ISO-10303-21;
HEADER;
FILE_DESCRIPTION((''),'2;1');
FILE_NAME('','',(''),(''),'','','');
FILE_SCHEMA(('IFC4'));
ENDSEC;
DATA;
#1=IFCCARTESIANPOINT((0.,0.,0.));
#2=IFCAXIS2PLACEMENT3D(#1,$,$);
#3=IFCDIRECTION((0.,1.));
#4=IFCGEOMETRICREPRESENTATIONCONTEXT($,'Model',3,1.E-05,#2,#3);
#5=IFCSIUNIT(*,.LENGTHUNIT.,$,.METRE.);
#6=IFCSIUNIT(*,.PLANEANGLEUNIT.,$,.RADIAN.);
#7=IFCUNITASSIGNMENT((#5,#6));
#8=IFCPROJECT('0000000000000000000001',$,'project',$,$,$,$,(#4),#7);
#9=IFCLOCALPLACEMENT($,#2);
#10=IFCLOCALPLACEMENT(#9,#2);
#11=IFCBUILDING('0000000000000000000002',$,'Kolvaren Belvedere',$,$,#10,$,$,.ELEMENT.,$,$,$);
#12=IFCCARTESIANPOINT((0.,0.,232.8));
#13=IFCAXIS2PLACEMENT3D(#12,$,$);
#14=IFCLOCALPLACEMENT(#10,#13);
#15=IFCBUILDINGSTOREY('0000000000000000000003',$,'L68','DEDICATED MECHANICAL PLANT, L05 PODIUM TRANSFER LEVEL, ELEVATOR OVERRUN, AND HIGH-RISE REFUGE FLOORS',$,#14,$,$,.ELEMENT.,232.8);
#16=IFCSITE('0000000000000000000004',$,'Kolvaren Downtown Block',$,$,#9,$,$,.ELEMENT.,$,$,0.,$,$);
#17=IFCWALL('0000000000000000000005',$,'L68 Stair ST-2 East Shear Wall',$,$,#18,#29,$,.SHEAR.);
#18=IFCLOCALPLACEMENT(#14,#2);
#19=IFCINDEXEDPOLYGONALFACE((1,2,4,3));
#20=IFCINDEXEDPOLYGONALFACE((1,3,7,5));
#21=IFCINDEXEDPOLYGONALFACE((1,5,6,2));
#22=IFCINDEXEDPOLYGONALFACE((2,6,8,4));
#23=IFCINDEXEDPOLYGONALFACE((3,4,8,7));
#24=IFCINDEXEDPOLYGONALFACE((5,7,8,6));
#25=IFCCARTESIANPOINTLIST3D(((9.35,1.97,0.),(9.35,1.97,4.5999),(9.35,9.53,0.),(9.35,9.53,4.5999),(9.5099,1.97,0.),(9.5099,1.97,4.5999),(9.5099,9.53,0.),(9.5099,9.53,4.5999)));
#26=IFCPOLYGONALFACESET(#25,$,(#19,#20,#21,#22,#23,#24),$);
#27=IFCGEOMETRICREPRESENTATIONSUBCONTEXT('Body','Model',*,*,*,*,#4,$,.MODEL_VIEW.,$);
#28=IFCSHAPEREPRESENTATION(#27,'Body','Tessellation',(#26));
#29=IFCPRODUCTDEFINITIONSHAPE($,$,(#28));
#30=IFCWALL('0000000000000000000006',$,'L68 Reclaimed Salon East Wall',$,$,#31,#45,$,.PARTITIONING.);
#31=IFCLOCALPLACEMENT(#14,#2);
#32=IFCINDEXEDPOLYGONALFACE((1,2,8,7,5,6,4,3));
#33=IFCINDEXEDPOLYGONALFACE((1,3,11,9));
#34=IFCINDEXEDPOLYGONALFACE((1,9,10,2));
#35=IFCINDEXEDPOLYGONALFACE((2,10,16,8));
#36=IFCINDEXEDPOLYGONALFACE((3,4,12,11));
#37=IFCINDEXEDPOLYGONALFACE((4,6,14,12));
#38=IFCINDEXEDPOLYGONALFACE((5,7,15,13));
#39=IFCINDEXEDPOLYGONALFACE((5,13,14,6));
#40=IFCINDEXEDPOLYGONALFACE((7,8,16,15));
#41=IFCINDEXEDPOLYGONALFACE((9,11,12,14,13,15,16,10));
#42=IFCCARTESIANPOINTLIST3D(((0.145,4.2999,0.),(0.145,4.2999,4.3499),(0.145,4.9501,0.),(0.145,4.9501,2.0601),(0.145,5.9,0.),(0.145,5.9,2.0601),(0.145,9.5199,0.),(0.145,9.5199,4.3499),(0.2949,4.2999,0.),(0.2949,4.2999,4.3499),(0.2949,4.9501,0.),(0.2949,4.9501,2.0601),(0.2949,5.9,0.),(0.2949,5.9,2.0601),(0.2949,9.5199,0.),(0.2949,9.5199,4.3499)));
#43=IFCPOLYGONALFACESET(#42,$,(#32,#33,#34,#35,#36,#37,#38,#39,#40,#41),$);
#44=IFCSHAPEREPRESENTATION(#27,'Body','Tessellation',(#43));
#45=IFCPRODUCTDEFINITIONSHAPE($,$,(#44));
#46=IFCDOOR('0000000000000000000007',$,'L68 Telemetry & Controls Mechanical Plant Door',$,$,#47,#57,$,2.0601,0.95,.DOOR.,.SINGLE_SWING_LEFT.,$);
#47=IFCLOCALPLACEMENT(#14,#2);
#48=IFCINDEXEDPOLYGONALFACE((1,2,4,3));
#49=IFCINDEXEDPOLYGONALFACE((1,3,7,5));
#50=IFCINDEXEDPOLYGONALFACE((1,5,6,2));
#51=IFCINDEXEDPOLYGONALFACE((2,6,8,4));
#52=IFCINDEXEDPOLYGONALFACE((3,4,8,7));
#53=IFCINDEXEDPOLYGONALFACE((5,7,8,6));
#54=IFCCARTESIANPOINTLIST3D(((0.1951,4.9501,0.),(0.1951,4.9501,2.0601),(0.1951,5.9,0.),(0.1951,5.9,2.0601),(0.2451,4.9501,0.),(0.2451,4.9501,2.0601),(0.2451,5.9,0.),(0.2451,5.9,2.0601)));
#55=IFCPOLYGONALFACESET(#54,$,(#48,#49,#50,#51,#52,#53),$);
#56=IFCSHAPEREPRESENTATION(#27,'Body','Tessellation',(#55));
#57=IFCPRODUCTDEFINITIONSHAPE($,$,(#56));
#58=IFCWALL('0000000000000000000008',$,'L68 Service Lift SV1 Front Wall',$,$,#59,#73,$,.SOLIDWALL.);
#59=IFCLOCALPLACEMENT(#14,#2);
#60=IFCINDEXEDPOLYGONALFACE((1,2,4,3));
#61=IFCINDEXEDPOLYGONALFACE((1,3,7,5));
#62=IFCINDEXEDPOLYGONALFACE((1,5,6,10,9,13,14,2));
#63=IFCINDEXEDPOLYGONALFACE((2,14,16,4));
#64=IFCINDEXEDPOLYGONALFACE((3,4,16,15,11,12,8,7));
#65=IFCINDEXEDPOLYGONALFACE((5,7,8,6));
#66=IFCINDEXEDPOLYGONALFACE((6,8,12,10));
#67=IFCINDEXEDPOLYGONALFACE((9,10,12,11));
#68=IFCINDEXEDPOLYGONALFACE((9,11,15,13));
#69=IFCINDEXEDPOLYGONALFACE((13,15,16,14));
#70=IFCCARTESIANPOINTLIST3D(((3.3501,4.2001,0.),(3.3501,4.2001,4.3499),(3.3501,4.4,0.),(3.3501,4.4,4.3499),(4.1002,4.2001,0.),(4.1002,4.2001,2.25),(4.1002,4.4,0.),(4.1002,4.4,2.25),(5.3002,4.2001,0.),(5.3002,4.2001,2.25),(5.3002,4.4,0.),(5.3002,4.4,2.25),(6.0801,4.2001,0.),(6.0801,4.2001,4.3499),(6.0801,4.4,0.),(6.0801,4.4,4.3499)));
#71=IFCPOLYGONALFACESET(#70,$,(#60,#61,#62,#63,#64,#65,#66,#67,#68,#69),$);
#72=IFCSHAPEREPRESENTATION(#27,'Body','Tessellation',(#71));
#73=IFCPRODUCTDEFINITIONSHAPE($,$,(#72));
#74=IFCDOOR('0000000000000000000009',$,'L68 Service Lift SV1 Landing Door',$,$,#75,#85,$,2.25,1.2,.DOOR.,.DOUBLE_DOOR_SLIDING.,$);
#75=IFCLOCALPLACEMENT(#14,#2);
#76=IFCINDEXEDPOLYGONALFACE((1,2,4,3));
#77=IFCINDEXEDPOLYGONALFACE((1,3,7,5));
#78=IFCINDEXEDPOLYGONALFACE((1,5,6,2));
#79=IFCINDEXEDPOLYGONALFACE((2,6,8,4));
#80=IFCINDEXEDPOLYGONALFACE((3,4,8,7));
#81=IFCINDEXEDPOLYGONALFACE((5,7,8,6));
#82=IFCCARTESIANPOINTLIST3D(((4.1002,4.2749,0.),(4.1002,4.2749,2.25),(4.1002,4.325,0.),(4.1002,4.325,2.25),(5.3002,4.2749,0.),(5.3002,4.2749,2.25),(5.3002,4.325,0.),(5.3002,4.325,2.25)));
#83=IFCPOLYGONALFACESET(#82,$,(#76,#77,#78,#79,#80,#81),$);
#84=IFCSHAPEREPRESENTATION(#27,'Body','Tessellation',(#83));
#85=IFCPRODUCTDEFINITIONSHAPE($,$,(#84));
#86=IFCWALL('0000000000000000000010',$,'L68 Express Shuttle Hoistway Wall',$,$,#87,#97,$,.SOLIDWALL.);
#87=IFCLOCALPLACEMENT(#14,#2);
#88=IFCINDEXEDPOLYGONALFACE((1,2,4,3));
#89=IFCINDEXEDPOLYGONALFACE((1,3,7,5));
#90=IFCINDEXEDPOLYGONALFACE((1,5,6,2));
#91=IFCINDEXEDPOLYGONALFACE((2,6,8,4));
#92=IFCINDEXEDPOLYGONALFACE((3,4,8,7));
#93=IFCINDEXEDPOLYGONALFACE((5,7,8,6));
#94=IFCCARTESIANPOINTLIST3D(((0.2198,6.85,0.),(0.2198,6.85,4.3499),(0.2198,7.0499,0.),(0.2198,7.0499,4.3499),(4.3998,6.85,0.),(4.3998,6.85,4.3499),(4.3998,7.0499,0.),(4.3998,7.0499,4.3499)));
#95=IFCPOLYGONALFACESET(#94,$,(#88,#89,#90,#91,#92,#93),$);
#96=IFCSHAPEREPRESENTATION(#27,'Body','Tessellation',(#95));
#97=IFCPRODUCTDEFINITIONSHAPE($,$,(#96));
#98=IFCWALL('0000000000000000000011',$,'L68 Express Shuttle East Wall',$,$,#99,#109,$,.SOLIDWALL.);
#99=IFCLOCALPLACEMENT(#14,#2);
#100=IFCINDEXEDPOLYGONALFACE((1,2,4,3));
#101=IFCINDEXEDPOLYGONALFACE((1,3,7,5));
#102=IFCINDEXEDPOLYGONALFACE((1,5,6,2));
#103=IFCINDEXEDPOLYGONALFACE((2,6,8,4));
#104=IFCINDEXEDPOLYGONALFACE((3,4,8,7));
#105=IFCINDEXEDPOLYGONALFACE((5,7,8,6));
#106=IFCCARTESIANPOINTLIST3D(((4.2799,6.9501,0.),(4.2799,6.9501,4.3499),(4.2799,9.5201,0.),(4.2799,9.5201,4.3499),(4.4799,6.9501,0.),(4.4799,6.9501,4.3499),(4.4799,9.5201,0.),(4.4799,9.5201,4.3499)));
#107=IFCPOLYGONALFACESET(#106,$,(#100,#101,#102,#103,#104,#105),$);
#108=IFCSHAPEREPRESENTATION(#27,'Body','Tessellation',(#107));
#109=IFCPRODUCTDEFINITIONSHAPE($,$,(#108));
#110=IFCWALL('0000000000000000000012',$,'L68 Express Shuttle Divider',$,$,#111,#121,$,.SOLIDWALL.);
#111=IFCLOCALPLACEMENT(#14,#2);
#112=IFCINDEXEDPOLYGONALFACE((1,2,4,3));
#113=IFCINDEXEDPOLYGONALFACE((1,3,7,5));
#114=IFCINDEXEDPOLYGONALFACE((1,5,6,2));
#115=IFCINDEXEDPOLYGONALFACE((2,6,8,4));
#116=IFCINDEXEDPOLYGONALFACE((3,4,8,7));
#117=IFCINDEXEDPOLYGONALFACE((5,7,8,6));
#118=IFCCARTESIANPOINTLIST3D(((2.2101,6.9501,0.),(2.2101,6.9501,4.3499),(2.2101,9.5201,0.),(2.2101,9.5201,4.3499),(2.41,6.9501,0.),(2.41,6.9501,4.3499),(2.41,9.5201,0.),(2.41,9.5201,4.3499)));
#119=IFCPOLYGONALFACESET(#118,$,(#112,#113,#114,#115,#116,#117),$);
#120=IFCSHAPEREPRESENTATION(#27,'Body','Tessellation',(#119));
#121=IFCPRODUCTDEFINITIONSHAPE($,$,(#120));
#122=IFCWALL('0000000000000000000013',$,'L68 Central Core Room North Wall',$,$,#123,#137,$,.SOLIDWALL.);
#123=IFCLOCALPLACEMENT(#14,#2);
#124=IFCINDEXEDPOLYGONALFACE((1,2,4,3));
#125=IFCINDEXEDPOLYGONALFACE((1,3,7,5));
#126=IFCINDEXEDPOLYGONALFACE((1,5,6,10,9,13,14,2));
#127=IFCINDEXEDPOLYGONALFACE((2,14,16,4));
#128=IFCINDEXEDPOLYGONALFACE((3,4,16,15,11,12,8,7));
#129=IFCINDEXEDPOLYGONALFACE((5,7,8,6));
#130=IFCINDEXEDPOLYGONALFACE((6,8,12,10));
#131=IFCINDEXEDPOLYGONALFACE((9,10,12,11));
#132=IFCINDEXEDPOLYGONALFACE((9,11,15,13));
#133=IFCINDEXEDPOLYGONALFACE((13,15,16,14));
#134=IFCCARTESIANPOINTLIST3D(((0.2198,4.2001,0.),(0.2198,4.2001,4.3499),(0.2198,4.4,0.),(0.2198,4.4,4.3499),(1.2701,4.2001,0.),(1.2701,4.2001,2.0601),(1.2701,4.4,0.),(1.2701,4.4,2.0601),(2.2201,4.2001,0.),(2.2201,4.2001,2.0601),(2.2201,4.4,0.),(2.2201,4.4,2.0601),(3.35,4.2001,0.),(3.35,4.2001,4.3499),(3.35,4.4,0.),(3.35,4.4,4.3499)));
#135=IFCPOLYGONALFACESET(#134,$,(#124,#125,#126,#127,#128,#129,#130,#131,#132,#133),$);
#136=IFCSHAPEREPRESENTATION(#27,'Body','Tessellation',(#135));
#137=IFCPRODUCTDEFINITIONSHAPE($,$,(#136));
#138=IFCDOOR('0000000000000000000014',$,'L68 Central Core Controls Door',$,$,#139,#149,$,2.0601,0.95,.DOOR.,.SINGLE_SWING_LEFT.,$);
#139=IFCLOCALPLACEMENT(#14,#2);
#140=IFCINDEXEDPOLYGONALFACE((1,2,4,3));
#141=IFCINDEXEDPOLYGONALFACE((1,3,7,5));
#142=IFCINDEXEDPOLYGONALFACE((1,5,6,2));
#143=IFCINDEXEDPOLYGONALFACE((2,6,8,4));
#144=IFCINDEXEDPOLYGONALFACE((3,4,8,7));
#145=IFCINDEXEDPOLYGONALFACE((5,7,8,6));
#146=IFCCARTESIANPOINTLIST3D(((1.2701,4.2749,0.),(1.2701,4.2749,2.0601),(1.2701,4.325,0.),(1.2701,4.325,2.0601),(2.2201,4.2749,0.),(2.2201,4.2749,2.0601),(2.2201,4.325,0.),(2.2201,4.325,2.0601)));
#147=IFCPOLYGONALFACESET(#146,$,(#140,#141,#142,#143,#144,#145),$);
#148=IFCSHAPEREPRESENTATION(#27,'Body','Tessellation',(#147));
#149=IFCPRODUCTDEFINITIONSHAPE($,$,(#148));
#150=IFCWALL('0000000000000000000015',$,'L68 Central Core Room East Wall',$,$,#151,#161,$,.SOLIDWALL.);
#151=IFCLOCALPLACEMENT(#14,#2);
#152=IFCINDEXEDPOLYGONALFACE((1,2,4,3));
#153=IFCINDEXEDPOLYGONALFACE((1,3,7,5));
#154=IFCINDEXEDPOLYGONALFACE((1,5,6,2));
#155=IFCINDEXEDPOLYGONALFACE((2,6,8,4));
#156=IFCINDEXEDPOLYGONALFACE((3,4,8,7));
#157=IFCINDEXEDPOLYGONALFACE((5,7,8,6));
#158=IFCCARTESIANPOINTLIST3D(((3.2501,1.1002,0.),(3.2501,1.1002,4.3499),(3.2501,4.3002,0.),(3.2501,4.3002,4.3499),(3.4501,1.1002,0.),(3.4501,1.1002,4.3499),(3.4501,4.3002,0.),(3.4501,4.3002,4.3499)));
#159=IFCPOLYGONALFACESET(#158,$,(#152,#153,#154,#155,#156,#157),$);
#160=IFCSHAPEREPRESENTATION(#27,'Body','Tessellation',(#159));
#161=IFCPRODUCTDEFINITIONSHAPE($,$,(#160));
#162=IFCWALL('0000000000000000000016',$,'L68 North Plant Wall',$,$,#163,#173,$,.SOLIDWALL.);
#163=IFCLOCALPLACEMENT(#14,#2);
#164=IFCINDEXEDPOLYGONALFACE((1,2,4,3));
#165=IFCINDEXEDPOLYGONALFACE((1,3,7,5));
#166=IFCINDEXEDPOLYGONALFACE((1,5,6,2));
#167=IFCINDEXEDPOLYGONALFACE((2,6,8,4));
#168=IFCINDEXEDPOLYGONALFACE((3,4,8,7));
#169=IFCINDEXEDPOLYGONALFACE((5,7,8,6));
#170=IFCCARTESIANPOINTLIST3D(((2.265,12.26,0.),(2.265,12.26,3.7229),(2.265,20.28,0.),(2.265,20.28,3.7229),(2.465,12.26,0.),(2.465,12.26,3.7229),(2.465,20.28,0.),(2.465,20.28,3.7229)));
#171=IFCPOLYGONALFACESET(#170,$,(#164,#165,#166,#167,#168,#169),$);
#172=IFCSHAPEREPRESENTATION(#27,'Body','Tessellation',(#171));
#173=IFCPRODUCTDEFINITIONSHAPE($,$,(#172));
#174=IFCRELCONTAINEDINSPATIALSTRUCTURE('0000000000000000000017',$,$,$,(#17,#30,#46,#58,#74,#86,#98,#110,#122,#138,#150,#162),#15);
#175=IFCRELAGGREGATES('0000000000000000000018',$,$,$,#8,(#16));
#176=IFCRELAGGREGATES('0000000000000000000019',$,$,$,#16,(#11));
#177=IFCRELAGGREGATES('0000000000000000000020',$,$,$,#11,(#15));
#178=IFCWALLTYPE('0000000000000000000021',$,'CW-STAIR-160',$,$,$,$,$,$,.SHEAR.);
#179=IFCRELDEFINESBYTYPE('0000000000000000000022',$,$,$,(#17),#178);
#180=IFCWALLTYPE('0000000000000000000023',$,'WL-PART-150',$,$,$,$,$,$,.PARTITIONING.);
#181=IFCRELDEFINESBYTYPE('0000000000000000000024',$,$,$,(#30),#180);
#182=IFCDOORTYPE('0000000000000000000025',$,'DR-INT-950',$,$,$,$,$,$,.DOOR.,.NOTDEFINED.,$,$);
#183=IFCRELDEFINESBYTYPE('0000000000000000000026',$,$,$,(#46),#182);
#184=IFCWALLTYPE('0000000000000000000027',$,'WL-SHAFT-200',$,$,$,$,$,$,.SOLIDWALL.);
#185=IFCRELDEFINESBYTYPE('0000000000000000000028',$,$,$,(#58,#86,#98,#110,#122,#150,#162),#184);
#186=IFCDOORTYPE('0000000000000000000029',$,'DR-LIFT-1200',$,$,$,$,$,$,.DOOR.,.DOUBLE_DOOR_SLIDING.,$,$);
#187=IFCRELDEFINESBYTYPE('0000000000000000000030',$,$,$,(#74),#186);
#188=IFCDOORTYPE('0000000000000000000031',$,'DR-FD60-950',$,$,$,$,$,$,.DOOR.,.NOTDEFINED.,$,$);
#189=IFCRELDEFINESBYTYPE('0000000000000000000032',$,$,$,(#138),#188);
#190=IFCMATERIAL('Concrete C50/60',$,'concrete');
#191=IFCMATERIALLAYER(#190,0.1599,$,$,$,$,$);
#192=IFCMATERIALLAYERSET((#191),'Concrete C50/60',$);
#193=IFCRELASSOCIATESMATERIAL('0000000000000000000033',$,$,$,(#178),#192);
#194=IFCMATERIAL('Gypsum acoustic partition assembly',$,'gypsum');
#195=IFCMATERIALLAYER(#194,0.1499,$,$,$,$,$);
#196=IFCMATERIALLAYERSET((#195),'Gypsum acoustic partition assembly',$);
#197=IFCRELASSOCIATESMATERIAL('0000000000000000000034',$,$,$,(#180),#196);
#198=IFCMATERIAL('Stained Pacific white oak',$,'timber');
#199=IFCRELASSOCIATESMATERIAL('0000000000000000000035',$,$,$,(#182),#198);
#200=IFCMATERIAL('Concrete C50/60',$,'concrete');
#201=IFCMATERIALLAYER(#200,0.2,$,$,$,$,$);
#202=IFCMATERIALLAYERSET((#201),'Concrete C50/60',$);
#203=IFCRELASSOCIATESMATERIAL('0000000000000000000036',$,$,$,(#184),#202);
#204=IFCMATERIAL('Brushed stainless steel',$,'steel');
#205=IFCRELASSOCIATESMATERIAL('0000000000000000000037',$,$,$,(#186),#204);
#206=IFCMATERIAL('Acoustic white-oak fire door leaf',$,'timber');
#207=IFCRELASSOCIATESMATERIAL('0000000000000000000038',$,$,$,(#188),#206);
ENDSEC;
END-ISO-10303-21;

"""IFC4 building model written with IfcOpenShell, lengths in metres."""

from ifc_helpers import new_model, si_unit, direction, frame, frame_2d, origin, place, context, subcontext, project, spatial, rectangle, extrude, material, layer, layer_set, type_object, element, fill, save


model = new_model("IFC4")

# Units and contexts
model_context = context("Model", 3, precision=1e-05, world=origin(), true_north=direction((0.0, 1.0)))
body_context = subcontext(model_context, "Body", "Model", "MODEL_VIEW")
ifc_project = project(units=[si_unit("LENGTHUNIT", "METRE"), si_unit("PLANEANGLEUNIT", "RADIAN")], contexts=[model_context])

# Site, building, storey
site_placement = place(None, origin())
site = spatial("IfcSite", under=ifc_project, at=site_placement, Name="Kolvaren Downtown Block", CompositionType="ELEMENT", RefElevation=0.0)
building_placement = place(site_placement, origin())
building = spatial("IfcBuilding", under=site, at=building_placement, Name="Kolvaren Belvedere", CompositionType="ELEMENT")
storey_placement = place(building_placement, frame((0.0, 0.0, 232.8)))
storey = spatial("IfcBuildingStorey", under=building, at=storey_placement, Name="L68", Description="DEDICATED MECHANICAL PLANT, L05 PODIUM TRANSFER LEVEL, ELEVATOR OVERRUN, AND HIGH-RISE REFUGE FLOORS", CompositionType="ELEMENT", Elevation=232.8)

# Shared definitions
ifc_material_1 = material(Name="Concrete C50/60", Category="concrete")
ifc_layer_1 = layer(ifc_material_1, 0.1599)
ifc_layer_set_1 = layer_set([ifc_layer_1], Name="Concrete C50/60")
wall_type_1 = type_object("IfcWallType", Name="CW-STAIR-160", PredefinedType="SHEAR", material=ifc_layer_set_1)

# Wall
for number, where, z_axis, x_axis, name in (
    (1, (9.4299, 1.97, 0.0), (0.0, 0.0, 1.0), (0.0, 1.0, 0.0), "L68 Stair ST-2 East Shear Wall"),
):
    element("IfcWall", number, at=place(storey_placement, frame(where, z_axis=z_axis, x_axis=x_axis)), inside=storey, type_object=wall_type_1, Name=name, PredefinedType="SHEAR", context=body_context, shape_type="SweptSolid", body=[
        extrude(rectangle(XDim=7.5601, YDim=0.1599, at=frame_2d((3.78, 0.0))), origin(), (0.0, 0.0, 1.0), 4.5999),
    ])

# Walls, openings, doors
ifc_material_2 = material(Name="Gypsum acoustic partition assembly", Category="gypsum")
ifc_layer_2 = layer(ifc_material_2, 0.1499)
ifc_layer_set_2 = layer_set([ifc_layer_2], Name="Gypsum acoustic partition assembly")
wall_type_2 = type_object("IfcWallType", Name="WL-PART-150", PredefinedType="PARTITIONING", material=ifc_layer_set_2)
wall_1_placement = place(storey_placement, frame((0.22, 4.3, 0.0), z_axis=(0.0, 0.0, 1.0), x_axis=(0.0, 1.0, 0.0)))
wall_1 = element("IfcWall", 2, at=wall_1_placement, inside=storey, type_object=wall_type_2, Name="L68 Reclaimed Salon East Wall", PredefinedType="PARTITIONING", context=body_context, shape_type="SweptSolid", body=[
    extrude(rectangle(XDim=5.22, YDim=0.1499, at=frame_2d((2.6099, 0.0))), origin(), (0.0, 0.0, 1.0), 4.3499),
])
opening_1_placement = place(wall_1_placement, frame((0.6499, 0.0, 0.0)))
opening_1 = element("IfcOpeningElement", 3, at=opening_1_placement, cuts=wall_1, PredefinedType="OPENING", context=body_context, shape_type="SweptSolid", body=[
    extrude(rectangle(XDim=0.95, YDim=2.0601, at=frame_2d((0.4751, 1.03))), frame((0.0, 0.085, 0.0), z_axis=(0.0, -1.0, 0.0), x_axis=(1.0, 0.0, 0.0)), (0.0, 0.0, 1.0), 0.1699),
])
ifc_material_3 = material(Name="Stained Pacific white oak", Category="timber")
door_type_1 = type_object("IfcDoorType", Name="DR-INT-950", OperationType="NOTDEFINED", PredefinedType="DOOR", material=ifc_material_3)
door_1_placement = place(opening_1_placement, origin())
door_1 = element("IfcDoor", 4, at=door_1_placement, inside=storey, type_object=door_type_1, Name="L68 Telemetry & Controls Mechanical Plant Door", OperationType="SINGLE_SWING_LEFT", OverallHeight=2.0601, OverallWidth=0.95, PredefinedType="DOOR", context=body_context, shape_type="SweptSolid", body=[
    extrude(rectangle(XDim=0.95, YDim=2.0601, at=frame_2d((0.4751, 1.03))), frame((0.0, 0.0249, 0.0), z_axis=(0.0, -1.0, 0.0), x_axis=(1.0, 0.0, 0.0)), (0.0, 0.0, 1.0), 0.05),
])
fill(opening_1, door_1)
ifc_material_4 = material(Name="Concrete C50/60", Category="concrete")
ifc_layer_3 = layer(ifc_material_4, 0.2)
ifc_layer_set_3 = layer_set([ifc_layer_3], Name="Concrete C50/60")
wall_type_3 = type_object("IfcWallType", Name="WL-SHAFT-200", PredefinedType="SOLIDWALL", material=ifc_layer_set_3)
wall_2_placement = place(storey_placement, frame((3.3501, 4.3, 0.0), z_axis=(0.0, 0.0, 1.0), x_axis=(1.0, 0.0, 0.0)))
wall_2 = element("IfcWall", 5, at=wall_2_placement, inside=storey, type_object=wall_type_3, Name="L68 Service Lift SV1 Front Wall", PredefinedType="SOLIDWALL", context=body_context, shape_type="SweptSolid", body=[
    extrude(rectangle(XDim=2.73, YDim=0.2, at=frame_2d((1.365, 0.0))), origin(), (0.0, 0.0, 1.0), 4.3499),
])
opening_2_placement = place(wall_2_placement, frame((0.75, 0.0, 0.0)))
opening_2 = element("IfcOpeningElement", 6, at=opening_2_placement, cuts=wall_2, PredefinedType="OPENING", context=body_context, shape_type="SweptSolid", body=[
    extrude(rectangle(XDim=1.2, YDim=2.25, at=frame_2d((0.6001, 1.125))), frame((0.0, 0.1099, 0.0), z_axis=(0.0, -1.0, 0.0), x_axis=(1.0, 0.0, 0.0)), (0.0, 0.0, 1.0), 0.22),
])
ifc_material_5 = material(Name="Brushed stainless steel", Category="steel")
door_type_2 = type_object("IfcDoorType", Name="DR-LIFT-1200", OperationType="DOUBLE_DOOR_SLIDING", PredefinedType="DOOR", material=ifc_material_5)
door_2_placement = place(opening_2_placement, origin())
door_2 = element("IfcDoor", 7, at=door_2_placement, inside=storey, type_object=door_type_2, Name="L68 Service Lift SV1 Landing Door", OperationType="DOUBLE_DOOR_SLIDING", OverallHeight=2.25, OverallWidth=1.2, PredefinedType="DOOR", context=body_context, shape_type="SweptSolid", body=[
    extrude(rectangle(XDim=1.2, YDim=2.25, at=frame_2d((0.6001, 1.125))), frame((0.0, 0.0249, 0.0), z_axis=(0.0, -1.0, 0.0), x_axis=(1.0, 0.0, 0.0)), (0.0, 0.0, 1.0), 0.05),
])
fill(opening_2, door_2)

# Walls
wall_3_placement = place(storey_placement, frame((0.22, 6.95, 0.0), z_axis=(0.0, 0.0, 1.0), x_axis=(1.0, 0.0, 0.0)))
element("IfcWall", 8, at=wall_3_placement, inside=storey, type_object=wall_type_3, Name="L68 Express Shuttle Hoistway Wall", PredefinedType="SOLIDWALL", context=body_context, shape_type="SweptSolid", body=[
    extrude(rectangle(XDim=4.1799, YDim=0.2, at=frame_2d((2.0898, 0.0))), origin(), (0.0, 0.0, 1.0), 4.3499),
])
for number, where, z_axis, x_axis, name in (
    (9, (4.3799, 6.95, 0.0), (0.0, 0.0, 1.0), (0.0, 1.0, 0.0), "L68 Express Shuttle East Wall"),
    (10, (2.3101, 6.95, 0.0), (0.0, 0.0, 1.0), (0.0, 1.0, 0.0), "L68 Express Shuttle Divider"),
):
    element("IfcWall", number, at=place(storey_placement, frame(where, z_axis=z_axis, x_axis=x_axis)), inside=storey, type_object=wall_type_3, Name=name, PredefinedType="SOLIDWALL", context=body_context, shape_type="SweptSolid", body=[
        extrude(rectangle(XDim=2.5701, YDim=0.2, at=frame_2d((1.2852, 0.0))), origin(), (0.0, 0.0, 1.0), 4.3499),
    ])

# Wall, opening, door
wall_4_placement = place(storey_placement, frame((0.22, 4.3, 0.0), z_axis=(0.0, 0.0, 1.0), x_axis=(1.0, 0.0, 0.0)))
wall_4 = element("IfcWall", 11, at=wall_4_placement, inside=storey, type_object=wall_type_3, Name="L68 Central Core Room North Wall", PredefinedType="SOLIDWALL", context=body_context, shape_type="SweptSolid", body=[
    extrude(rectangle(XDim=3.1301, YDim=0.2, at=frame_2d((1.5649, 0.0))), origin(), (0.0, 0.0, 1.0), 4.3499),
])
opening_3_placement = place(wall_4_placement, frame((1.05, 0.0, 0.0)))
opening_3 = element("IfcOpeningElement", 12, at=opening_3_placement, cuts=wall_4, PredefinedType="OPENING", context=body_context, shape_type="SweptSolid", body=[
    extrude(rectangle(XDim=0.95, YDim=2.0601, at=frame_2d((0.4751, 1.03))), frame((0.0, 0.1099, 0.0), z_axis=(0.0, -1.0, 0.0), x_axis=(1.0, 0.0, 0.0)), (0.0, 0.0, 1.0), 0.22),
])
ifc_material_6 = material(Name="Acoustic white-oak fire door leaf", Category="timber")
door_type_3 = type_object("IfcDoorType", Name="DR-FD60-950", OperationType="NOTDEFINED", PredefinedType="DOOR", material=ifc_material_6)
door_3_placement = place(opening_3_placement, origin())
door_3 = element("IfcDoor", 13, at=door_3_placement, inside=storey, type_object=door_type_3, Name="L68 Central Core Controls Door", OperationType="SINGLE_SWING_LEFT", OverallHeight=2.0601, OverallWidth=0.95, PredefinedType="DOOR", context=body_context, shape_type="SweptSolid", body=[
    extrude(rectangle(XDim=0.95, YDim=2.0601, at=frame_2d((0.4751, 1.03))), frame((0.0, 0.0249, 0.0), z_axis=(0.0, -1.0, 0.0), x_axis=(1.0, 0.0, 0.0)), (0.0, 0.0, 1.0), 0.05),
])
fill(opening_3, door_3)

# Walls
wall_5_placement = place(storey_placement, frame((3.3501, 1.1001, 0.0), z_axis=(0.0, 0.0, 1.0), x_axis=(0.0, 1.0, 0.0)))
element("IfcWall", 14, at=wall_5_placement, inside=storey, type_object=wall_type_3, Name="L68 Central Core Room East Wall", PredefinedType="SOLIDWALL", context=body_context, shape_type="SweptSolid", body=[
    extrude(rectangle(XDim=3.2, YDim=0.2, at=frame_2d((1.6001, 0.0))), origin(), (0.0, 0.0, 1.0), 4.3499),
])
wall_6_placement = place(storey_placement, frame((2.365, 12.26, 0.0), z_axis=(0.0, 0.0, 1.0), x_axis=(0.0, 1.0, 0.0)))
element("IfcWall", 15, at=wall_6_placement, inside=storey, type_object=wall_type_3, Name="L68 North Plant Wall", PredefinedType="SOLIDWALL", context=body_context, shape_type="SweptSolid", body=[
    extrude(rectangle(XDim=8.02, YDim=0.2, at=frame_2d((4.01, 0.0))), origin(), (0.0, 0.0, 1.0), 3.7229),
])

save(model, "model.ifc")
